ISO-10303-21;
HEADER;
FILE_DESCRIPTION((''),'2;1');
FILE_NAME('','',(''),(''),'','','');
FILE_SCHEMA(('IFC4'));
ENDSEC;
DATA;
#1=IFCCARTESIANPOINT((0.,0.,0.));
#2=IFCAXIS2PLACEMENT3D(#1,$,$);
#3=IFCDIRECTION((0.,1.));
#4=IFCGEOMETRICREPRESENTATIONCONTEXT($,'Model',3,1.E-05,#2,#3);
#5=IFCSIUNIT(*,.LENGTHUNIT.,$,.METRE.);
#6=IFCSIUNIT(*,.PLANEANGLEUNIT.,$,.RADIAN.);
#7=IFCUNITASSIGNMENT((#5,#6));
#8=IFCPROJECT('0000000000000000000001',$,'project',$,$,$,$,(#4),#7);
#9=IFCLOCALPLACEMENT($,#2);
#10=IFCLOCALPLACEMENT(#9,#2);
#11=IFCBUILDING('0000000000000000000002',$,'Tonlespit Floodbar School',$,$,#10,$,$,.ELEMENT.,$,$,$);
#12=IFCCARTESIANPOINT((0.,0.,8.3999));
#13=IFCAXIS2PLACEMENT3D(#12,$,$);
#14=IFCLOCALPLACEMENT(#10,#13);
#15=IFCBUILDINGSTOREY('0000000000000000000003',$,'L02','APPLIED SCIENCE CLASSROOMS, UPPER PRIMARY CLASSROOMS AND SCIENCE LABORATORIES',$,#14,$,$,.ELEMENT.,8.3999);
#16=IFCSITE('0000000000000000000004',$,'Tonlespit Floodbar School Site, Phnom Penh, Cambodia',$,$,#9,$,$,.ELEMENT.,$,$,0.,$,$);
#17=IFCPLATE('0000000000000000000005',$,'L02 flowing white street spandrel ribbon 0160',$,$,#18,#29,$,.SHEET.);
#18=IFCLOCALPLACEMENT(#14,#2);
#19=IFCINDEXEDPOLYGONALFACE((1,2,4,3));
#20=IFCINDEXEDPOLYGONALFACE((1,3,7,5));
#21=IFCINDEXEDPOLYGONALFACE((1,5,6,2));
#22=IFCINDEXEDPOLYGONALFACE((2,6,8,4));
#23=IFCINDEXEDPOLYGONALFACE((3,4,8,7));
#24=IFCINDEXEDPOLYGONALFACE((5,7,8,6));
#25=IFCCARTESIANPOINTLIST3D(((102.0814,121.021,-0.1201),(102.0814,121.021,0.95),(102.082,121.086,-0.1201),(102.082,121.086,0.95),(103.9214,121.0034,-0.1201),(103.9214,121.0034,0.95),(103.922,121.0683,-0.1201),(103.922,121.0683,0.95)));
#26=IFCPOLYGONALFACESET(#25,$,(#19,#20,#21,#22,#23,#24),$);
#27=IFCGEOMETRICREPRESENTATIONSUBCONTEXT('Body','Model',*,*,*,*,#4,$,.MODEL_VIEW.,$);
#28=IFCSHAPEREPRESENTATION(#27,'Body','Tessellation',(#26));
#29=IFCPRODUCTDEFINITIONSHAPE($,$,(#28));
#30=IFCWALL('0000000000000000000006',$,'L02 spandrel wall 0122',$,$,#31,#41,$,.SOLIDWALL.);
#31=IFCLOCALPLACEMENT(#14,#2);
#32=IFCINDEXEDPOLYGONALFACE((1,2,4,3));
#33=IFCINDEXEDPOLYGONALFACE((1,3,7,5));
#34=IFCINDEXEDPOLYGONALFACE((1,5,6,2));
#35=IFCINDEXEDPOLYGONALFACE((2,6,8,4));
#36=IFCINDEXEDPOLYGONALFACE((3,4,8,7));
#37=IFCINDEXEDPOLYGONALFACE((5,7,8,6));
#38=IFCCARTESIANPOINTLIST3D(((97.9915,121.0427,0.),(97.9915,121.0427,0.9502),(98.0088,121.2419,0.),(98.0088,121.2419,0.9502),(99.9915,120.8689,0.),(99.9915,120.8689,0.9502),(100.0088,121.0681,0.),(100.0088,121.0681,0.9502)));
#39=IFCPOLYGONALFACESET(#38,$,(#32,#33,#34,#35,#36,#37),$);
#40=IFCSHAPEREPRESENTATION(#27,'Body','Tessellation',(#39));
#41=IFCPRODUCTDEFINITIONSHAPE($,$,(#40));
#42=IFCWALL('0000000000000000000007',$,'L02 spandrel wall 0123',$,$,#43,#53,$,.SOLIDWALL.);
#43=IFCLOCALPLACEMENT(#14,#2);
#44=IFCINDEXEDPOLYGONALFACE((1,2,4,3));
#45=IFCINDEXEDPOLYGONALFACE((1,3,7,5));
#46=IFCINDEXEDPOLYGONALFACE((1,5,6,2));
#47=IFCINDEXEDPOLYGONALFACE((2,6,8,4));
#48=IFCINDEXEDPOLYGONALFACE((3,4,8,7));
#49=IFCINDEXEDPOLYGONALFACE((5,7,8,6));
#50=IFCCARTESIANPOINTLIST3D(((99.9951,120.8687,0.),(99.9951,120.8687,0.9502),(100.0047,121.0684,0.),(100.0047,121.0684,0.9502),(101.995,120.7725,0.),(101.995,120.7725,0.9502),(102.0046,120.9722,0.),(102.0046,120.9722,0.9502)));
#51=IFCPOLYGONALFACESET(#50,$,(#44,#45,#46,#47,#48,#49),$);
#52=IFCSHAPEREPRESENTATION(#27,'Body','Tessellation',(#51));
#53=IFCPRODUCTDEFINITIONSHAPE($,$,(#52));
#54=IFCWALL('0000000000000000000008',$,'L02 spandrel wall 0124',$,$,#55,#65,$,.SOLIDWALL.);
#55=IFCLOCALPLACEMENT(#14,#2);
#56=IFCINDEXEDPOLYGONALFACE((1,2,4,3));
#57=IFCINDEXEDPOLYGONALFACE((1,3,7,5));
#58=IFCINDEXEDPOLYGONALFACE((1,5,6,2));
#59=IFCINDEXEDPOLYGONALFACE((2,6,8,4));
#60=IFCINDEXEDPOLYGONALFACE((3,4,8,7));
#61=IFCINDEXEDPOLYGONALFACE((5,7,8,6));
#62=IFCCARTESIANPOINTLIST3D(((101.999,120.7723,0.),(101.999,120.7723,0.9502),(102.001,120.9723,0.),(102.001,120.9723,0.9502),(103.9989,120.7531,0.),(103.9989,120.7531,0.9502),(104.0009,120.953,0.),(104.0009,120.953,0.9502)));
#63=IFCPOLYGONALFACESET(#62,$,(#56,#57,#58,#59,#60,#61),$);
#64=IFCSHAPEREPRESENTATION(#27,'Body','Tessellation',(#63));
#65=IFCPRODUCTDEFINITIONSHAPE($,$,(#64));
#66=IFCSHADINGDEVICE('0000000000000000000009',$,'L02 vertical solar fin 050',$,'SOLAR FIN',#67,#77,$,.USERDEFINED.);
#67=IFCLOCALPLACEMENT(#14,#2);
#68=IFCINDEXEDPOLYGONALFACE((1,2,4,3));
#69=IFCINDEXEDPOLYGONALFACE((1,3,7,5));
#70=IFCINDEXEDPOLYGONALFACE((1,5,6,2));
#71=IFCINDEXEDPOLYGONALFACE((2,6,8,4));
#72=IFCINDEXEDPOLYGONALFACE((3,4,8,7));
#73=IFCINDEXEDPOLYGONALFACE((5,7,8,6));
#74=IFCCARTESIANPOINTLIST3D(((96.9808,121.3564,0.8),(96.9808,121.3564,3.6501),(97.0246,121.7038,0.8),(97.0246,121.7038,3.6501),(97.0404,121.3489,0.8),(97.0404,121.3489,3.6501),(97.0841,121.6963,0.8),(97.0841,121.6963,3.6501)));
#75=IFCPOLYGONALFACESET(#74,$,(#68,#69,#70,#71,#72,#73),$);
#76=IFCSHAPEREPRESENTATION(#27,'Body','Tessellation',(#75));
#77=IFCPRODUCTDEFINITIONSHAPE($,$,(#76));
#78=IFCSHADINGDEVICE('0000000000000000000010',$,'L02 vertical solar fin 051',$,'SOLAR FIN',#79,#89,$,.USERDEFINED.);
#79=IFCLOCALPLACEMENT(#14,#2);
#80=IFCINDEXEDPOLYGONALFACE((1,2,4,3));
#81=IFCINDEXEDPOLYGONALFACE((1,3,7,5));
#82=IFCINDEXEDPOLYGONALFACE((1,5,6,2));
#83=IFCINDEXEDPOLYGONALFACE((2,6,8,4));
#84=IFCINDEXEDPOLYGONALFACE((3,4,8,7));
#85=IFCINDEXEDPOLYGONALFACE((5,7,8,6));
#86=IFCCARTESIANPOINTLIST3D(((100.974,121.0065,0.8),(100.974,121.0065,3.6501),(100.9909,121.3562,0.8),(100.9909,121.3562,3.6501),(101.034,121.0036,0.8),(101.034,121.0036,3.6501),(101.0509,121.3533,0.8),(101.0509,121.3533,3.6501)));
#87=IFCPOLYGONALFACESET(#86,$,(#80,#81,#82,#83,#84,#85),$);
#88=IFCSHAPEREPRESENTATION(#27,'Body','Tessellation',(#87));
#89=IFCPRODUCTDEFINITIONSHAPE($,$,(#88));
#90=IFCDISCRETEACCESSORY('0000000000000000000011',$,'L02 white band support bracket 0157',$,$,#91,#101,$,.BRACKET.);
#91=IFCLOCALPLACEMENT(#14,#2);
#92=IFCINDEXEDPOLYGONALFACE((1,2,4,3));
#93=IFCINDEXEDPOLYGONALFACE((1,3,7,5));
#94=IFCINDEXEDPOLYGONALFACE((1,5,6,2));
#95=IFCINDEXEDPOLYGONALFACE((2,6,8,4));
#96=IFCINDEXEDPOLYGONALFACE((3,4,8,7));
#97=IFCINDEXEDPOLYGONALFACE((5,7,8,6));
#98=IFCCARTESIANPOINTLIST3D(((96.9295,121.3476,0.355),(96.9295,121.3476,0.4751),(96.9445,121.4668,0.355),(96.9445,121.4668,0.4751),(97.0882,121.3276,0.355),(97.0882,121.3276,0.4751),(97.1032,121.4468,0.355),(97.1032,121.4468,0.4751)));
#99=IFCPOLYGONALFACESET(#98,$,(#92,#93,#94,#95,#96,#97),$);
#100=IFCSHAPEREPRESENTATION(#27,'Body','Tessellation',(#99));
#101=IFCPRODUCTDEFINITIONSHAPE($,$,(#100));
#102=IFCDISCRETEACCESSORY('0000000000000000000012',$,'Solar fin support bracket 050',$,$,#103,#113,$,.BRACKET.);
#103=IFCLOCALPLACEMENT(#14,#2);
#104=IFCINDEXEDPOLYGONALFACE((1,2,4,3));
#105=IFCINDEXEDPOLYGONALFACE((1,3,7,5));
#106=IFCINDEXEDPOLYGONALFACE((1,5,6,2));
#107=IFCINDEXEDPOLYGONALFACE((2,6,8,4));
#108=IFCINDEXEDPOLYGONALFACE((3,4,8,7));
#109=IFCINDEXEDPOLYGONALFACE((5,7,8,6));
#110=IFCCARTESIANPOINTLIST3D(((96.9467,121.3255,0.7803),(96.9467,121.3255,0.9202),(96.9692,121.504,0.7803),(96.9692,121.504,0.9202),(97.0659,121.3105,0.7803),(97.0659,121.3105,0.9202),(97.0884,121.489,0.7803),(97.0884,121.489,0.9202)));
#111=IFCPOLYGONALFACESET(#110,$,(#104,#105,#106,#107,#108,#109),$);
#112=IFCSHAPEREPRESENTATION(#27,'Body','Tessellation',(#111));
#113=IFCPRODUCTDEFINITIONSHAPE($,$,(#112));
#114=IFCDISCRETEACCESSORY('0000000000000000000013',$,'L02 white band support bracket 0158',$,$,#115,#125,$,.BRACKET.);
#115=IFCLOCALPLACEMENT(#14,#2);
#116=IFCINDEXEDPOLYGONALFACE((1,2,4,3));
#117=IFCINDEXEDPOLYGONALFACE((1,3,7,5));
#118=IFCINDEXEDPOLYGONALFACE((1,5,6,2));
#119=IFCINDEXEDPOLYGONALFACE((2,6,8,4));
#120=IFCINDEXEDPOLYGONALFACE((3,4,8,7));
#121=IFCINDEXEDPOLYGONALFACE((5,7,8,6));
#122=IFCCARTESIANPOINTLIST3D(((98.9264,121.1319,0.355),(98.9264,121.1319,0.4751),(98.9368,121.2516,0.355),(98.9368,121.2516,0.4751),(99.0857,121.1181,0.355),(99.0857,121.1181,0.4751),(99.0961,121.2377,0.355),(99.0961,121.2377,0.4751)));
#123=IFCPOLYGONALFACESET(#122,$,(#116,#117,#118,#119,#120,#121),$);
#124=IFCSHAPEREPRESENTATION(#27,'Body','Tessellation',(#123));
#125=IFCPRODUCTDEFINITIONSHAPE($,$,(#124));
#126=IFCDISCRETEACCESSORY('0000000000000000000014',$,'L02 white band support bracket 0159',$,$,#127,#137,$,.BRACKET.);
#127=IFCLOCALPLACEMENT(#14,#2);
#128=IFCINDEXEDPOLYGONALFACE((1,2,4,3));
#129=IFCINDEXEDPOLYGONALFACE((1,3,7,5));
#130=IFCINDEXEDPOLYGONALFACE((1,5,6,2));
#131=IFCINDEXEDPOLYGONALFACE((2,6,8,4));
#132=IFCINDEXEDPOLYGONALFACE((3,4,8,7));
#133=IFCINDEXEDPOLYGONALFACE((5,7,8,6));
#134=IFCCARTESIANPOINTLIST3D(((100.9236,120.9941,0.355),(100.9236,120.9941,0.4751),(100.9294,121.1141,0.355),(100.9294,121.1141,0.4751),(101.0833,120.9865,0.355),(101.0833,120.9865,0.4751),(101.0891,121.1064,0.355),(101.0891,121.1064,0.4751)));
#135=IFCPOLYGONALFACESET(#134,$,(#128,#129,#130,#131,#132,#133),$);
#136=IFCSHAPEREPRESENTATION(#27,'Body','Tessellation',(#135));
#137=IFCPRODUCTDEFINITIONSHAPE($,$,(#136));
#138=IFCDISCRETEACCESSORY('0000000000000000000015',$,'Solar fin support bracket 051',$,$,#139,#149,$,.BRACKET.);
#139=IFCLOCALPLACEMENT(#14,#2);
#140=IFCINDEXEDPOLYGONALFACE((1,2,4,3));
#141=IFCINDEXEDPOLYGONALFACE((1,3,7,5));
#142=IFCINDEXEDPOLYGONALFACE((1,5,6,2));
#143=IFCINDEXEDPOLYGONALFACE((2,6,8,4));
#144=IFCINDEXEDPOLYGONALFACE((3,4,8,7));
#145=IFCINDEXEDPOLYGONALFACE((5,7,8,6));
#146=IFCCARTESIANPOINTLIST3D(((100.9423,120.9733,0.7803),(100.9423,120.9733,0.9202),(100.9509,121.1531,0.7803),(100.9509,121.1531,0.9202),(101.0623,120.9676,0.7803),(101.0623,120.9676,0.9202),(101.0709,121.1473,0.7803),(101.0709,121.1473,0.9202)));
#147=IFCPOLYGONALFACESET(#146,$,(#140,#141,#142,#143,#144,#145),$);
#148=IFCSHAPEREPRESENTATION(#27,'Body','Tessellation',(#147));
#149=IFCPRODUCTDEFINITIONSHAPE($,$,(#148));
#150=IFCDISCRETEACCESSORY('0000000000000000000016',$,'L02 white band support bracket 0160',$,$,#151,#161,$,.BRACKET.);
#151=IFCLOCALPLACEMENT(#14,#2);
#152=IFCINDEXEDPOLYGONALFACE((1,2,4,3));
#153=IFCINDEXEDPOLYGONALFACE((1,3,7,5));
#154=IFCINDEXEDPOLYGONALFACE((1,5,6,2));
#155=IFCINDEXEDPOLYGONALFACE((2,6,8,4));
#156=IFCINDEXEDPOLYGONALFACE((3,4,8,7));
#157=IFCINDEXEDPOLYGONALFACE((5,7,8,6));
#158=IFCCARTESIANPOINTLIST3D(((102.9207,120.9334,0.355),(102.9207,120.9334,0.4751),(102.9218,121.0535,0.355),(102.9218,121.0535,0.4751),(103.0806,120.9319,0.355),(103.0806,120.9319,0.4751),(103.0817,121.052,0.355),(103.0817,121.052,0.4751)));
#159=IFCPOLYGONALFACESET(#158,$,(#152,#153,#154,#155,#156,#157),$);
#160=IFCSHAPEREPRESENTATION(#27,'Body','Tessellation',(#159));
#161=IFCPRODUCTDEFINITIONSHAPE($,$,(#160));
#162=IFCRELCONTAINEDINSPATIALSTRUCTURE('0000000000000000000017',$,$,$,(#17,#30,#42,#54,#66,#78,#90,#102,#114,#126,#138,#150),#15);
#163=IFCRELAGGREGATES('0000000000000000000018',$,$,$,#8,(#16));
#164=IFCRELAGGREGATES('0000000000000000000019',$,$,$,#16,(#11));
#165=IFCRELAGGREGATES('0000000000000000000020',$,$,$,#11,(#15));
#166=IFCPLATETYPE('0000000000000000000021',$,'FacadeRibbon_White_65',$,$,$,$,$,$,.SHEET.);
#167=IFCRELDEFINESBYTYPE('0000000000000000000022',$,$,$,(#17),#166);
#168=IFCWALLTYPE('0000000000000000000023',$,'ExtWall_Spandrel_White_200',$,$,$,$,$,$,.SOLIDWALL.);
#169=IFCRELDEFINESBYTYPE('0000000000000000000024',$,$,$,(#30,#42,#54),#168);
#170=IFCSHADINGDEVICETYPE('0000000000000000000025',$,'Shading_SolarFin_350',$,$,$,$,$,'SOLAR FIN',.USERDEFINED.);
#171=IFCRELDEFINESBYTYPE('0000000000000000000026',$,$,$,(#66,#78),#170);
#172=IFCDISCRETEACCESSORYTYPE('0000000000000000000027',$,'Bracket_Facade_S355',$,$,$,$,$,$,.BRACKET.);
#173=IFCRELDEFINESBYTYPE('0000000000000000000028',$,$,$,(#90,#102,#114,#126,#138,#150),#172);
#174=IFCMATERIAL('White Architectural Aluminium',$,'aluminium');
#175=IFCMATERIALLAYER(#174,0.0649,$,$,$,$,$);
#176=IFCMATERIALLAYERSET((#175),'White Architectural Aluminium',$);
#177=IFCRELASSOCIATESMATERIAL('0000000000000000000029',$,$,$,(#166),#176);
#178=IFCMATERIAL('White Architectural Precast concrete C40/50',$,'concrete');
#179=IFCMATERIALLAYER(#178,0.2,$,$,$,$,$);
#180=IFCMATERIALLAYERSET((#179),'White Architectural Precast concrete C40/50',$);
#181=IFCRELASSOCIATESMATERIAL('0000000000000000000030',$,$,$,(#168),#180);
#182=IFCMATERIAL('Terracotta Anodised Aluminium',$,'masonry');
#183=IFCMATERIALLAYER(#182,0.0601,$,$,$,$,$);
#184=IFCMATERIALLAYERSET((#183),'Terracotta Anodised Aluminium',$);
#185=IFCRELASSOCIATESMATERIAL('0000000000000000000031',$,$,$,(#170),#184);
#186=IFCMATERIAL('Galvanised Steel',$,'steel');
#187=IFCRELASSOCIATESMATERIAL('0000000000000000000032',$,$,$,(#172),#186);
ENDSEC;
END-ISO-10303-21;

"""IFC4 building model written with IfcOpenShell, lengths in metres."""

from ifc_helpers import new_model, si_unit, direction, frame, frame_2d, origin, origin_2d, place, context, subcontext, project, spatial, rectangle, extrude, material, layer, layer_set, type_object, element, save


model = new_model("IFC4")

# Units and contexts
model_context = context("Model", 3, precision=1e-05, world=origin(), true_north=direction((0.0, 1.0)))
body_context = subcontext(model_context, "Body", "Model", "MODEL_VIEW")
ifc_project = project(units=[si_unit("LENGTHUNIT", "METRE"), si_unit("PLANEANGLEUNIT", "RADIAN")], contexts=[model_context])

# Site, building, storey
site_placement = place(None, origin())
site = spatial("IfcSite", under=ifc_project, at=site_placement, Name="Tonlespit Floodbar School Site, Phnom Penh, Cambodia", CompositionType="ELEMENT", RefElevation=0.0)
building_placement = place(site_placement, origin())
building = spatial("IfcBuilding", under=site, at=building_placement, Name="Tonlespit Floodbar School", CompositionType="ELEMENT")
storey_placement = place(building_placement, frame((0.0, 0.0, 8.3999)))
storey = spatial("IfcBuildingStorey", under=building, at=storey_placement, Name="L02", Description="APPLIED SCIENCE CLASSROOMS, UPPER PRIMARY CLASSROOMS AND SCIENCE LABORATORIES", CompositionType="ELEMENT", Elevation=8.3999)

# Plate
ifc_material_1 = material(Name="White Architectural Aluminium", Category="aluminium")
ifc_layer_1 = layer(ifc_material_1, 0.0649)
ifc_layer_set_1 = layer_set([ifc_layer_1], Name="White Architectural Aluminium")
plate_type_1 = type_object("IfcPlateType", Name="FacadeRibbon_White_65", PredefinedType="SHEET", material=ifc_layer_set_1)
plate_1_placement = place(storey_placement, frame((103.0017, 121.0447, -0.1201), z_axis=(0.0, 0.0, 1.0), x_axis=(0.999954, -0.009599, 0.0)))
element("IfcPlate", 1, at=plate_1_placement, inside=storey, type_object=plate_type_1, Name="L02 flowing white street spandrel ribbon 0160", PredefinedType="SHEET", context=body_context, shape_type="SweptSolid", body=[
    extrude(rectangle(XDim=1.8401, YDim=0.0649, at=origin_2d()), origin(), (0.0, 0.0, 1.0), 1.0701),
])

# Walls
ifc_material_2 = material(Name="White Architectural Precast concrete C40/50", Category="concrete")
ifc_layer_2 = layer(ifc_material_2, 0.2)
ifc_layer_set_2 = layer_set([ifc_layer_2], Name="White Architectural Precast concrete C40/50")
wall_type = type_object("IfcWallType", Name="ExtWall_Spandrel_White_200", PredefinedType="SOLIDWALL", material=ifc_layer_set_2)
wall_1_placement = place(storey_placement, frame((98.0, 121.1423, 0.0), z_axis=(0.0, 0.0, 1.0), x_axis=(0.996244, -0.086588, 0.0)))
element("IfcWall", 2, at=wall_1_placement, inside=storey, type_object=wall_type, Name="L02 spandrel wall 0122", PredefinedType="SOLIDWALL", context=body_context, shape_type="SweptSolid", body=[
    extrude(rectangle(XDim=2.0076, YDim=0.2, at=frame_2d((1.0039, 0.0))), origin(), (0.0, 0.0, 1.0), 0.9502),
])
wall_2_placement = place(storey_placement, frame((100.0, 120.9685, 0.0), z_axis=(0.0, 0.0, 1.0), x_axis=(0.998845, -0.04804, 0.0)))
element("IfcWall", 3, at=wall_2_placement, inside=storey, type_object=wall_type, Name="L02 spandrel wall 0123", PredefinedType="SOLIDWALL", context=body_context, shape_type="SweptSolid", body=[
    extrude(rectangle(XDim=2.0022, YDim=0.2, at=frame_2d((1.001, 0.0))), origin(), (0.0, 0.0, 1.0), 0.9502),
])
wall_3_placement = place(storey_placement, frame((102.0, 120.8723, 0.0), z_axis=(0.0, 0.0, 1.0), x_axis=(0.999954, -0.009643, 0.0)))
element("IfcWall", 4, at=wall_3_placement, inside=storey, type_object=wall_type, Name="L02 spandrel wall 0124", PredefinedType="SOLIDWALL", context=body_context, shape_type="SweptSolid", body=[
    extrude(rectangle(XDim=2.0, YDim=0.2, at=frame_2d((1.0, 0.0))), origin(), (0.0, 0.0, 1.0), 0.9502),
])

# Shading devices
ifc_material_3 = material(Name="Terracotta Anodised Aluminium", Category="masonry")
ifc_layer_3 = layer(ifc_material_3, 0.0601)
ifc_layer_set_3 = layer_set([ifc_layer_3], Name="Terracotta Anodised Aluminium")
shading_device_type = type_object("IfcShadingDeviceType", Name="Shading_SolarFin_350", ElementType="SOLAR FIN", PredefinedType="USERDEFINED", material=ifc_layer_set_3)
for number, where, z_axis, x_axis, name in (
    (5, (97.0325, 121.5264, 0.8), (0.0, 0.0, 1.0), (0.992155, -0.125011, 0.0), "L02 vertical solar fin 050"),
    (6, (101.0125, 121.1799, 0.8), (0.0, 0.0, 1.0), (0.998843, -0.048095, 0.0), "L02 vertical solar fin 051"),
):
    element("IfcShadingDevice", number, at=place(storey_placement, frame(where, z_axis=z_axis, x_axis=x_axis)), inside=storey, type_object=shading_device_type, Name=name, ObjectType="SOLAR FIN", PredefinedType="USERDEFINED", context=body_context, shape_type="SweptSolid", body=[
        extrude(rectangle(XDim=0.0601, YDim=0.3501, at=origin_2d()), origin(), (0.0, 0.0, 1.0), 2.8501),
    ])

# Discrete accessories
ifc_material_4 = material(Name="Galvanised Steel", Category="steel")
discrete_accessory_type = type_object("IfcDiscreteAccessoryType", Name="Bracket_Facade_S355", PredefinedType="BRACKET", material=ifc_material_4)
discrete_accessory_1_placement = place(storey_placement, frame((97.0164, 121.3972, 0.355), z_axis=(0.0, 0.0, 1.0), x_axis=(0.992155, -0.125011, 0.0)))
element("IfcDiscreteAccessory", 7, at=discrete_accessory_1_placement, inside=storey, type_object=discrete_accessory_type, Name="L02 white band support bracket 0157", PredefinedType="BRACKET", context=body_context, shape_type="SweptSolid", body=[
    extrude(rectangle(XDim=0.1599, YDim=0.1201, at=origin_2d()), origin(), (0.0, 0.0, 1.0), 0.1201),
])
discrete_accessory_2_placement = place(storey_placement, frame((97.0176, 121.4072, 0.7803), z_axis=(0.0, 0.0, 1.0), x_axis=(0.992155, -0.125011, 0.0)))
element("IfcDiscreteAccessory", 8, at=discrete_accessory_2_placement, inside=storey, type_object=discrete_accessory_type, Name="Solar fin support bracket 050", PredefinedType="BRACKET", context=body_context, shape_type="SweptSolid", body=[
    extrude(rectangle(XDim=0.1201, YDim=0.1799, at=origin_2d()), origin(), (0.0, 0.0, 1.0), 0.1399),
])
for number, where, z_axis, x_axis, name in (
    (9, (99.0112, 121.1848, 0.355), (0.0, 0.0, 1.0), (0.996245, -0.086573, 0.0), "L02 white band support bracket 0158"),
    (10, (101.0063, 121.0503, 0.355), (0.0, 0.0, 1.0), (0.998843, -0.048095, 0.0), "L02 white band support bracket 0159"),
):
    element("IfcDiscreteAccessory", number, at=place(storey_placement, frame(where, z_axis=z_axis, x_axis=x_axis)), inside=storey, type_object=discrete_accessory_type, Name=name, PredefinedType="BRACKET", context=body_context, shape_type="SweptSolid", body=[
        extrude(rectangle(XDim=0.1599, YDim=0.1201, at=origin_2d()), origin(), (0.0, 0.0, 1.0), 0.1201),
    ])
discrete_accessory_3_placement = place(storey_placement, frame((101.0066, 121.0603, 0.7803), z_axis=(0.0, 0.0, 1.0), x_axis=(0.998843, -0.048095, 0.0)))
element("IfcDiscreteAccessory", 11, at=discrete_accessory_3_placement, inside=storey, type_object=discrete_accessory_type, Name="Solar fin support bracket 051", PredefinedType="BRACKET", context=body_context, shape_type="SweptSolid", body=[
    extrude(rectangle(XDim=0.1201, YDim=0.1799, at=origin_2d()), origin(), (0.0, 0.0, 1.0), 0.1399),
])
discrete_accessory_4_placement = place(storey_placement, frame((103.0012, 120.9927, 0.355), z_axis=(0.0, 0.0, 1.0), x_axis=(0.999954, -0.009599, 0.0)))
element("IfcDiscreteAccessory", 12, at=discrete_accessory_4_placement, inside=storey, type_object=discrete_accessory_type, Name="L02 white band support bracket 0160", PredefinedType="BRACKET", context=body_context, shape_type="SweptSolid", body=[
    extrude(rectangle(XDim=0.1599, YDim=0.1201, at=origin_2d()), origin(), (0.0, 0.0, 1.0), 0.1201),
])

save(model, "model.ifc")
